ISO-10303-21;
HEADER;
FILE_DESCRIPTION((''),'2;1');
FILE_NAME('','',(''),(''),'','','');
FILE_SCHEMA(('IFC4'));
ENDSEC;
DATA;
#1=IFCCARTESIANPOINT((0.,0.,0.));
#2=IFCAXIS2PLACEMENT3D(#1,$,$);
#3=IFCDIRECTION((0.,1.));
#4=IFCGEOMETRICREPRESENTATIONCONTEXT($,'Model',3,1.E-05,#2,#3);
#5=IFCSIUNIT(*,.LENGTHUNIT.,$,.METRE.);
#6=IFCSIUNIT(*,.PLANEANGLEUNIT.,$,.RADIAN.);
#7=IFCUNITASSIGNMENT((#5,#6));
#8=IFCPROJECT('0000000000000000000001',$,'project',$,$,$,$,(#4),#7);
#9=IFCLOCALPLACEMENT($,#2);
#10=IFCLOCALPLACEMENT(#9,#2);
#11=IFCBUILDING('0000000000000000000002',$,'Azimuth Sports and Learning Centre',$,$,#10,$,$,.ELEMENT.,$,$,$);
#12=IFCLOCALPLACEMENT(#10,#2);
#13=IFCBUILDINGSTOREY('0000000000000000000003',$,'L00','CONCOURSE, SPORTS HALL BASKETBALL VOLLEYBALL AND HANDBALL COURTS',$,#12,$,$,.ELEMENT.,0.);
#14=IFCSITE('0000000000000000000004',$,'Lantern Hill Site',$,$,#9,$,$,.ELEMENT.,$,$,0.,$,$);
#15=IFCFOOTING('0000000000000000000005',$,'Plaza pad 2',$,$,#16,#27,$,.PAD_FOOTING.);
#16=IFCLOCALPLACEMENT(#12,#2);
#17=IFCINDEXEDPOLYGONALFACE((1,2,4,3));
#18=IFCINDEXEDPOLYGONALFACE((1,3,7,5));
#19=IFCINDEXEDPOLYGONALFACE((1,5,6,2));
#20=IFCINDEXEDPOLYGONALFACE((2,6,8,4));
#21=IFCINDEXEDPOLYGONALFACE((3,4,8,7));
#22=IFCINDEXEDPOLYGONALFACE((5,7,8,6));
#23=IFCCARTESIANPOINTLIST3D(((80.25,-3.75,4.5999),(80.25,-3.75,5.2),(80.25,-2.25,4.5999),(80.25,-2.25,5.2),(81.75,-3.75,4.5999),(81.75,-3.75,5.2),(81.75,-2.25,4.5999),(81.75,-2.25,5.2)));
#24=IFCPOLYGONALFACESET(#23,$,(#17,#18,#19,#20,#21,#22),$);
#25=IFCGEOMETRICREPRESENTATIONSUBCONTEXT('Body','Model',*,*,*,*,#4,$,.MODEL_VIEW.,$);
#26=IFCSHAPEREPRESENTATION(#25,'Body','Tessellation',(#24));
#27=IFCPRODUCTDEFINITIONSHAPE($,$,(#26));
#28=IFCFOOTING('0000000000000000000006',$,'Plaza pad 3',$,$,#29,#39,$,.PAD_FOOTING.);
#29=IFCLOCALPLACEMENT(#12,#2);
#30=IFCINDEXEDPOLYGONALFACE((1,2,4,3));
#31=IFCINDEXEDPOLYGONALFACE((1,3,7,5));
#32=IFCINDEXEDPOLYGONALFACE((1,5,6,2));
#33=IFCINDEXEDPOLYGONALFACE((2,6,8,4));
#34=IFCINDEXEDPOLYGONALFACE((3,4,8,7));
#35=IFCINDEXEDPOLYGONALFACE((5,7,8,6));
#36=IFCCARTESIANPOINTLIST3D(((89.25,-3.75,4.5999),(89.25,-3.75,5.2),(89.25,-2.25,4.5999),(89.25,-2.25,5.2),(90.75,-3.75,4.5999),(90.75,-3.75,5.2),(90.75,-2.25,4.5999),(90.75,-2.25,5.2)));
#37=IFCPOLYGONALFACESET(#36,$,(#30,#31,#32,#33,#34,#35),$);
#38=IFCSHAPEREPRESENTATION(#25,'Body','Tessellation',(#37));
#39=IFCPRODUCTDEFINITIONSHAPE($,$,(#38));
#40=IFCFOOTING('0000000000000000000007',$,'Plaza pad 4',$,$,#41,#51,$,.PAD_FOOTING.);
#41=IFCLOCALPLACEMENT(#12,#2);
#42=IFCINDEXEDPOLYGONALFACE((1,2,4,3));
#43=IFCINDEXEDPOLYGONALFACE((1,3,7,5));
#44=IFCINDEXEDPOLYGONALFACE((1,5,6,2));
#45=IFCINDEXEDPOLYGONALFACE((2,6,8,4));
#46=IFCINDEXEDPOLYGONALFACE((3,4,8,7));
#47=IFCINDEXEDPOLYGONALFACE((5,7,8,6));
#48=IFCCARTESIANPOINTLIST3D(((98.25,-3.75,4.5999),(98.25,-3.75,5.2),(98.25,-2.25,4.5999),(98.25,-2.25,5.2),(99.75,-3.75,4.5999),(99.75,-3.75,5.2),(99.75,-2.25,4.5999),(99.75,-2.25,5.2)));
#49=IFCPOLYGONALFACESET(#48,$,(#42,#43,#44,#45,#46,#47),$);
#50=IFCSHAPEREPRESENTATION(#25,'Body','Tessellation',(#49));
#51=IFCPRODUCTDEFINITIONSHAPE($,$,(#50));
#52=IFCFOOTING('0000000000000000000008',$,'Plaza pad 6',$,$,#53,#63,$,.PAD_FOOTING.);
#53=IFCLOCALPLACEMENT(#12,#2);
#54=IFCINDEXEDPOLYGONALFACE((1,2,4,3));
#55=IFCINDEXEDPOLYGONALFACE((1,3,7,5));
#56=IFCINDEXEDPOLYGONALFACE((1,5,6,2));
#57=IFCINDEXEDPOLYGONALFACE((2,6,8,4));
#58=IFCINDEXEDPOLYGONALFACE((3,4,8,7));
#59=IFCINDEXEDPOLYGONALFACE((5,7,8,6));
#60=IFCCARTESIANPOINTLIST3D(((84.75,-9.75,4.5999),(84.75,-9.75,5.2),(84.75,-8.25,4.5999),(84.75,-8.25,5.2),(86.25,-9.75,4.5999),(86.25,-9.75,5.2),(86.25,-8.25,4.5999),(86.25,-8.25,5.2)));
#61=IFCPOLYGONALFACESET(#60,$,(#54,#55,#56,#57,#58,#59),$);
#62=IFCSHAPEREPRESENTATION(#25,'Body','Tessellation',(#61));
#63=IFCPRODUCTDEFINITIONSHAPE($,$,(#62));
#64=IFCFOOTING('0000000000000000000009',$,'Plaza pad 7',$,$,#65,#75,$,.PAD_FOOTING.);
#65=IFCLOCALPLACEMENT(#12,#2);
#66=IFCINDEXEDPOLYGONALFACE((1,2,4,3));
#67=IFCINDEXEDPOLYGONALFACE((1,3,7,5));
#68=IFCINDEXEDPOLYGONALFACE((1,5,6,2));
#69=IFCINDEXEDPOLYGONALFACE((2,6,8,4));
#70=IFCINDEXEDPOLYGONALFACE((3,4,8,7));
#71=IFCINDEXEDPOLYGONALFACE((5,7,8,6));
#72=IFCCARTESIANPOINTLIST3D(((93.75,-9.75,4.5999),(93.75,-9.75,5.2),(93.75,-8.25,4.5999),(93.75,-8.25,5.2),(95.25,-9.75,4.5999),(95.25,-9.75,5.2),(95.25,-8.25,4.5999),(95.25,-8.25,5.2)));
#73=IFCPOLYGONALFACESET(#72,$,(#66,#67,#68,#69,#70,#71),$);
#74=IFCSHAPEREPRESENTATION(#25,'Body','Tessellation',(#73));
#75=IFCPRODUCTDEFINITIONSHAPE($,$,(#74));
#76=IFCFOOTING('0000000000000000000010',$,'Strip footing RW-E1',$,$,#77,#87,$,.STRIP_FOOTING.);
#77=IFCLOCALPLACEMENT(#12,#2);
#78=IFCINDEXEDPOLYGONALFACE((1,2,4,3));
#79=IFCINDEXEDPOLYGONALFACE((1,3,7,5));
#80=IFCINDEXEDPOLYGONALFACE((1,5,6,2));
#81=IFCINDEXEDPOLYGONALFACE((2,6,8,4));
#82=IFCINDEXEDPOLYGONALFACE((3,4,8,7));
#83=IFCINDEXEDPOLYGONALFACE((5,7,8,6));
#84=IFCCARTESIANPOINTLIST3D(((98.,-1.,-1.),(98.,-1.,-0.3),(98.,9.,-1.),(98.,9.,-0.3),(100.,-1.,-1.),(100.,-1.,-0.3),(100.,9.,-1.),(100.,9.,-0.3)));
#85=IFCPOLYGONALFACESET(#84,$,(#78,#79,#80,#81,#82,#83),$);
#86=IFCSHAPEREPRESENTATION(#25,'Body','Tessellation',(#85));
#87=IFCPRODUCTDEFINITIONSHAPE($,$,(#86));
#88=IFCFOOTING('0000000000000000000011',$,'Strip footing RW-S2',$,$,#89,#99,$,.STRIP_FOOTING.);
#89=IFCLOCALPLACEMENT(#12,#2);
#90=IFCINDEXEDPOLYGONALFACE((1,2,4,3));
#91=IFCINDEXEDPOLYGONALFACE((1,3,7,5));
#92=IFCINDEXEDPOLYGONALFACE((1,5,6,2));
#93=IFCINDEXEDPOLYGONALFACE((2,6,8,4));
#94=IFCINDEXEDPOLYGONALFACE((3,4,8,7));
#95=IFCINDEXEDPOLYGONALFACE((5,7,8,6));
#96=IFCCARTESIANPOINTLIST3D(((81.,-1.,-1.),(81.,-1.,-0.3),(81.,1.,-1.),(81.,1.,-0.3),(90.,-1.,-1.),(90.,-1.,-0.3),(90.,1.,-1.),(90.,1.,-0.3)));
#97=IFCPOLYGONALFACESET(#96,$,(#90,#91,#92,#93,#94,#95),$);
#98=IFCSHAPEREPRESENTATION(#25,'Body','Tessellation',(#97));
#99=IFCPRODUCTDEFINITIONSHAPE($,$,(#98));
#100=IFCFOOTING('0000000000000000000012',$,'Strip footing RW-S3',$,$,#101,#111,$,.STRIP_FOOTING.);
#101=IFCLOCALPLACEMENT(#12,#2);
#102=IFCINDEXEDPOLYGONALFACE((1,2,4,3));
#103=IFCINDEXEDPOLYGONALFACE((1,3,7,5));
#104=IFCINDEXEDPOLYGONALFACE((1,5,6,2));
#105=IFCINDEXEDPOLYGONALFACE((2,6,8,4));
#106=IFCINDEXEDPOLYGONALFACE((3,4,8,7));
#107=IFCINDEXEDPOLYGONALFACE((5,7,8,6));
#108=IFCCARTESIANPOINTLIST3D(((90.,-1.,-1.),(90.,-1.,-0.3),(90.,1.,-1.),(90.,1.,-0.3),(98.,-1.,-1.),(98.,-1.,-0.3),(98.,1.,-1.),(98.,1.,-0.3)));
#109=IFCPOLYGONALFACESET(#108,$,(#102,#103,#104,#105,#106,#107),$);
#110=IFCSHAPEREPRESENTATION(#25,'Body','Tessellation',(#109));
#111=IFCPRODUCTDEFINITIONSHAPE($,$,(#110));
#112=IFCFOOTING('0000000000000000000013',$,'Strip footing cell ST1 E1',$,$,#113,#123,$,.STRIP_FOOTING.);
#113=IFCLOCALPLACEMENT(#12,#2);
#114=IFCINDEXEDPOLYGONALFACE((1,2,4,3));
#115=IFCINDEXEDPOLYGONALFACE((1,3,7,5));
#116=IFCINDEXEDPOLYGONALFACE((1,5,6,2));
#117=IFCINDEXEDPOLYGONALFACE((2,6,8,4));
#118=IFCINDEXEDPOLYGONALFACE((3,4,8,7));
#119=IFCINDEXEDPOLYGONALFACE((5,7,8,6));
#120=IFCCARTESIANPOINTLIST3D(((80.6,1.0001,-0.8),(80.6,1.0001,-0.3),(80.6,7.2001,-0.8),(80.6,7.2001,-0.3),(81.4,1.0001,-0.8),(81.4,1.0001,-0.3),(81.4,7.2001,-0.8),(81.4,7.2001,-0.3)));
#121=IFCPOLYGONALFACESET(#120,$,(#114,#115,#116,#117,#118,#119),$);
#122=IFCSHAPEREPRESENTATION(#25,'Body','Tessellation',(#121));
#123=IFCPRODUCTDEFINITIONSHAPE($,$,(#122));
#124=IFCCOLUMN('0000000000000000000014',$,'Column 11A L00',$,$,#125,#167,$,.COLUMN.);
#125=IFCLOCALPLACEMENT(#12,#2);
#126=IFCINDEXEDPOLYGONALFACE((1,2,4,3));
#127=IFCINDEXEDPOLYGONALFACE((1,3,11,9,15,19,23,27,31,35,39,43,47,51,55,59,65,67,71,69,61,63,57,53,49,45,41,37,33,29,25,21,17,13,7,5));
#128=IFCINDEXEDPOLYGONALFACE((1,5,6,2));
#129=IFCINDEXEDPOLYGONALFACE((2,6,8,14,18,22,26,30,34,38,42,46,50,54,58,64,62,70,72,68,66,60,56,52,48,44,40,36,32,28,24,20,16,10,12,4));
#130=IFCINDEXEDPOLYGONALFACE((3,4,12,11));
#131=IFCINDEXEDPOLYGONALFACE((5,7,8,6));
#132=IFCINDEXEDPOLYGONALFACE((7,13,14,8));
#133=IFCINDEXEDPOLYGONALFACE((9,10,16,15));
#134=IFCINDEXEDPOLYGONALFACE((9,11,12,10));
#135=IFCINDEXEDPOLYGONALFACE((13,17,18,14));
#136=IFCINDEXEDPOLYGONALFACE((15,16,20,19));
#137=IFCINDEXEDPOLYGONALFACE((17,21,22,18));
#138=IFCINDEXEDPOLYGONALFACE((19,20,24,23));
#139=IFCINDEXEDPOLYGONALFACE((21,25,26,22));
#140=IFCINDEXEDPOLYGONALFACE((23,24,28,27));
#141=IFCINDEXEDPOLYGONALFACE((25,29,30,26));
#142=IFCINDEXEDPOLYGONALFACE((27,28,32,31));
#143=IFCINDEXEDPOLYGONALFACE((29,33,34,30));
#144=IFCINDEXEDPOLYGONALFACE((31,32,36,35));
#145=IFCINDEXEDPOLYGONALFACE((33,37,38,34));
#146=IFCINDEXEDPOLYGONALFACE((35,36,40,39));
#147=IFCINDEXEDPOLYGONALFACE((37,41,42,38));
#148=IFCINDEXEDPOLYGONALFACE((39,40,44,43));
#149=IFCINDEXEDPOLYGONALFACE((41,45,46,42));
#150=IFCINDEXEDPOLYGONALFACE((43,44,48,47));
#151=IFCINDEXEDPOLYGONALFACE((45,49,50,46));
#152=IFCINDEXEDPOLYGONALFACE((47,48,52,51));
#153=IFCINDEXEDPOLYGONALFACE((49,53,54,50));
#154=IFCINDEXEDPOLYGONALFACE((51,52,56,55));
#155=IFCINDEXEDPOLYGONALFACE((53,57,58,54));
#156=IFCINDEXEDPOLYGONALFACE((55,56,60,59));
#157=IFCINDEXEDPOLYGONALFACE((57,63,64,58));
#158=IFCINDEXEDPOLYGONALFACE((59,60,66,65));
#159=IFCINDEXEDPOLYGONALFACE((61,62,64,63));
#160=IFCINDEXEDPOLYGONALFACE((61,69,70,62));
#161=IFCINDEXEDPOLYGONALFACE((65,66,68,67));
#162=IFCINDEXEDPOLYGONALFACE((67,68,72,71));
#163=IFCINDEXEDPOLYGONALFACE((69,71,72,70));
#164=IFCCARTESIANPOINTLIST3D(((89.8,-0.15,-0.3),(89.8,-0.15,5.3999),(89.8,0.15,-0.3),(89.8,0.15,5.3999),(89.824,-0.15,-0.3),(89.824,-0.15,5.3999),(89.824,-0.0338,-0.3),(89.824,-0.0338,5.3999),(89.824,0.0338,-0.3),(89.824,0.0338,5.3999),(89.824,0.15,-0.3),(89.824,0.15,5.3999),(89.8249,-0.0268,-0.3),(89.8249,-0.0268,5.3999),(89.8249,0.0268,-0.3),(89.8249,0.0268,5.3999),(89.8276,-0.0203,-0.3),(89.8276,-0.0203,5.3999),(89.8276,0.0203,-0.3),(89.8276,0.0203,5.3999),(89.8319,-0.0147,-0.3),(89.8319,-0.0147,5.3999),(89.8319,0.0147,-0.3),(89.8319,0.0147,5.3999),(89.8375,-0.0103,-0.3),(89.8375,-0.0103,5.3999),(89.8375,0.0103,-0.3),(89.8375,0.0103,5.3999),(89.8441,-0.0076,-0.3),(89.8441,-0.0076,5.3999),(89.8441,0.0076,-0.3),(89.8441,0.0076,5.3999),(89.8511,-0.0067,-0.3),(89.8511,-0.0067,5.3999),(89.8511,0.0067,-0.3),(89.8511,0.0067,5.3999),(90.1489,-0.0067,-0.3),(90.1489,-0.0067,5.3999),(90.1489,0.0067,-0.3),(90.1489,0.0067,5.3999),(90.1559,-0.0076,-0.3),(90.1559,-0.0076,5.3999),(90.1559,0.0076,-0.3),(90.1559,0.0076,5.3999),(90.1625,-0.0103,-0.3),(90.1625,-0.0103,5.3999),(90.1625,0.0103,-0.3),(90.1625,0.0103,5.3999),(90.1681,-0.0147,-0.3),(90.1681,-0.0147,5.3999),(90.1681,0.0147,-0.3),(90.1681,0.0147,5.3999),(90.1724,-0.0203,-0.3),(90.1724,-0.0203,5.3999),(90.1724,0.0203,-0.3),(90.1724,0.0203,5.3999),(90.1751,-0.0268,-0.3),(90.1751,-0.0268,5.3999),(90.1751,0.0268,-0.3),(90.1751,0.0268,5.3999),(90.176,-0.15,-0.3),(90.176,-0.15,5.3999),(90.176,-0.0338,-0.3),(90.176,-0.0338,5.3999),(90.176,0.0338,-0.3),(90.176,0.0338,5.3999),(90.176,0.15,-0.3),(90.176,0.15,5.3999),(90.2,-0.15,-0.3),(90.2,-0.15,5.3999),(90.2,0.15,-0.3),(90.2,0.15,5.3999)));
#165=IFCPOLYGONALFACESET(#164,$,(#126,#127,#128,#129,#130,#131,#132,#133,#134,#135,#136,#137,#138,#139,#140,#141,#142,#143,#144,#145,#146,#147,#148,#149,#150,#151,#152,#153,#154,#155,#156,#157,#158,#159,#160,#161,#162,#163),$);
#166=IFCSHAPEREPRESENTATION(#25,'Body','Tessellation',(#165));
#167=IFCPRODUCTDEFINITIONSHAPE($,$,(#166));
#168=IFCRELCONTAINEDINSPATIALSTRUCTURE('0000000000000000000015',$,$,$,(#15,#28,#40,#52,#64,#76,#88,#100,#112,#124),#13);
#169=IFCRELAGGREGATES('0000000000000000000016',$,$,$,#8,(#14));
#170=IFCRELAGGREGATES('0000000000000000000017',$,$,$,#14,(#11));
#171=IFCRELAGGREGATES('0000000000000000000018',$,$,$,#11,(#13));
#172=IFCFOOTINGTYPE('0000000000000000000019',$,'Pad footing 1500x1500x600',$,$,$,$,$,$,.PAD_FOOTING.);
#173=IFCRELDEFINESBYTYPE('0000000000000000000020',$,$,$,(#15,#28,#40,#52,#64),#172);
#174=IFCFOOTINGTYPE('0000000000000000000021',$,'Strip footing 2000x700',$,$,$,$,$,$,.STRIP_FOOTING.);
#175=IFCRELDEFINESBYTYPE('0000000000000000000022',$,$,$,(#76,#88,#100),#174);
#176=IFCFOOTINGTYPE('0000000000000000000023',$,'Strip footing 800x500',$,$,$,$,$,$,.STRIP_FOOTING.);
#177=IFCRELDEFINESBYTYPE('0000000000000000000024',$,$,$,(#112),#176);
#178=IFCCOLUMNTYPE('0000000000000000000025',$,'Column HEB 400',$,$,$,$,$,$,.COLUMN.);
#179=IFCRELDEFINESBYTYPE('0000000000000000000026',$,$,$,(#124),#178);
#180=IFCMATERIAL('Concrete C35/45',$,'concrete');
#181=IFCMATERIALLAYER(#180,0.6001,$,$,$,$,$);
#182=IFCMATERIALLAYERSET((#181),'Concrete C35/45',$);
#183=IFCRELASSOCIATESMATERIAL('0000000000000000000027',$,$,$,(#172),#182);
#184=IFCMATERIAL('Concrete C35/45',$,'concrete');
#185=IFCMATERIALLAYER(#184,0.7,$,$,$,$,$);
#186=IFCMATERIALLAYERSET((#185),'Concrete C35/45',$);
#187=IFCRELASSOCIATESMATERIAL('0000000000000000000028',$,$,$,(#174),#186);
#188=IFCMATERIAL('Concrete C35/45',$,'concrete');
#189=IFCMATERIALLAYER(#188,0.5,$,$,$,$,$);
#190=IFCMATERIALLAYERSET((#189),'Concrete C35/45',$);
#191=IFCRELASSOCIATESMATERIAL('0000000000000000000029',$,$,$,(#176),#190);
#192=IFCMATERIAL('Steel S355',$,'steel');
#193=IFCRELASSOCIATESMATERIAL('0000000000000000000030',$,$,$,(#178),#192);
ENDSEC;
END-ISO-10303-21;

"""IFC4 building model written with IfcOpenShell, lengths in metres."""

from ifc_helpers import new_model, si_unit, direction, frame, origin, origin_2d, place, context, subcontext, project, spatial, rectangle, i_section, extrude, material, layer, layer_set, material_profile, profile_set, type_object, element, save


model = new_model("IFC4")

# Units and contexts
model_context = context("Model", 3, precision=1e-05, world=origin(), true_north=direction((0.0, 1.0)))
body_context = subcontext(model_context, "Body", "Model", "MODEL_VIEW")
ifc_project = project(units=[si_unit("LENGTHUNIT", "METRE"), si_unit("PLANEANGLEUNIT", "RADIAN")], contexts=[model_context])

# Site, building, storey
site_placement = place(None, origin())
site = spatial("IfcSite", under=ifc_project, at=site_placement, Name="Lantern Hill Site", CompositionType="ELEMENT", RefElevation=0.0)
building_placement = place(site_placement, origin())
building = spatial("IfcBuilding", under=site, at=building_placement, Name="Azimuth Sports and Learning Centre", CompositionType="ELEMENT")
storey_placement = place(building_placement, origin())
storey = spatial("IfcBuildingStorey", under=building, at=storey_placement, Name="L00", Description="CONCOURSE, SPORTS HALL BASKETBALL VOLLEYBALL AND HANDBALL COURTS", CompositionType="ELEMENT", Elevation=0.0)

# Footings
ifc_material_1 = material(Name="Concrete C35/45", Category="concrete")
ifc_layer_1 = layer(ifc_material_1, 0.6001)
ifc_layer_set_1 = layer_set([ifc_layer_1], Name="Concrete C35/45")
footing_type_1 = type_object("IfcFootingType", Name="Pad footing 1500x1500x600", PredefinedType="PAD_FOOTING", material=ifc_layer_set_1)
for number, where, z_axis, x_axis, name in (
    (1, (81.0, -3.0, 4.5999), (0.0, 0.0, 1.0), (1.0, 0.0, 0.0), "Plaza pad 2"),
    (2, (90.0, -3.0, 4.5999), (0.0, 0.0, 1.0), (1.0, 0.0, 0.0), "Plaza pad 3"),
    (3, (99.0, -3.0, 4.5999), (0.0, 0.0, 1.0), (1.0, 0.0, 0.0), "Plaza pad 4"),
    (4, (85.5, -9.0, 4.5999), (0.0, 0.0, 1.0), (1.0, 0.0, 0.0), "Plaza pad 6"),
    (5, (94.5, -9.0, 4.5999), (0.0, 0.0, 1.0), (1.0, 0.0, 0.0), "Plaza pad 7"),
):
    element("IfcFooting", number, at=place(storey_placement, frame(where, z_axis=z_axis, x_axis=x_axis)), inside=storey, type_object=footing_type_1, Name=name, PredefinedType="PAD_FOOTING", context=body_context, shape_type="SweptSolid", body=[
        extrude(rectangle(XDim=1.5, YDim=1.5, at=origin_2d()), origin(), (0.0, 0.0, 1.0), 0.6001),
    ])
ifc_material_2 = material(Name="Concrete C35/45", Category="concrete")
ifc_layer_2 = layer(ifc_material_2, 0.7)
ifc_layer_set_2 = layer_set([ifc_layer_2], Name="Concrete C35/45")
footing_type_2 = type_object("IfcFootingType", Name="Strip footing 2000x700", PredefinedType="STRIP_FOOTING", material=ifc_layer_set_2)
footing_1_placement = place(storey_placement, frame((99.0, 4.0, -1.0), z_axis=(0.0, 0.0, 1.0), x_axis=(1.0, 0.0, 0.0)))
element("IfcFooting", 6, at=footing_1_placement, inside=storey, type_object=footing_type_2, Name="Strip footing RW-E1", PredefinedType="STRIP_FOOTING", context=body_context, shape_type="SweptSolid", body=[
    extrude(rectangle(XDim=2.0, YDim=10.0, at=origin_2d()), origin(), (0.0, 0.0, 1.0), 0.7),
])
footing_2_placement = place(storey_placement, frame((85.5, 0.0, -1.0), z_axis=(0.0, 0.0, 1.0), x_axis=(1.0, 0.0, 0.0)))
element("IfcFooting", 7, at=footing_2_placement, inside=storey, type_object=footing_type_2, Name="Strip footing RW-S2", PredefinedType="STRIP_FOOTING", context=body_context, shape_type="SweptSolid", body=[
    extrude(rectangle(XDim=9.0, YDim=2.0, at=origin_2d()), origin(), (0.0, 0.0, 1.0), 0.7),
])
footing_3_placement = place(storey_placement, frame((94.0, 0.0, -1.0), z_axis=(0.0, 0.0, 1.0), x_axis=(1.0, 0.0, 0.0)))
element("IfcFooting", 8, at=footing_3_placement, inside=storey, type_object=footing_type_2, Name="Strip footing RW-S3", PredefinedType="STRIP_FOOTING", context=body_context, shape_type="SweptSolid", body=[
    extrude(rectangle(XDim=8.0, YDim=2.0, at=origin_2d()), origin(), (0.0, 0.0, 1.0), 0.7),
])
ifc_material_3 = material(Name="Concrete C35/45", Category="concrete")
ifc_layer_3 = layer(ifc_material_3, 0.5)
ifc_layer_set_3 = layer_set([ifc_layer_3], Name="Concrete C35/45")
footing_type_3 = type_object("IfcFootingType", Name="Strip footing 800x500", PredefinedType="STRIP_FOOTING", material=ifc_layer_set_3)
footing_4_placement = place(storey_placement, frame((81.0, 4.1001, -0.8), z_axis=(0.0, 0.0, 1.0), x_axis=(1.0, 0.0, 0.0)))
element("IfcFooting", 9, at=footing_4_placement, inside=storey, type_object=footing_type_3, Name="Strip footing cell ST1 E1", PredefinedType="STRIP_FOOTING", context=body_context, shape_type="SweptSolid", body=[
    extrude(rectangle(XDim=0.8, YDim=6.2, at=origin_2d()), origin(), (0.0, 0.0, 1.0), 0.5),
])

# Column
ifc_material_4 = material(Name="Steel S355", Category="steel")
ifc_material_profile_1 = material_profile(ifc_material_4, i_section(OverallWidth=0.3, OverallDepth=0.3999, WebThickness=0.0134, FlangeThickness=0.0239, FilletRadius=0.0271, at=origin_2d()), Name="HEB 400")
ifc_profile_set_1 = profile_set([ifc_material_profile_1], Name="Steel S355")
column_type = type_object("IfcColumnType", Name="Column HEB 400", PredefinedType="COLUMN", material=ifc_profile_set_1)
for number, where, z_axis, x_axis, name in (
    (10, (90.0, 0.0, -0.3), (0.0, 0.0, 1.0), (0.0, 1.0, 0.0), "Column 11A L00"),
):
    element("IfcColumn", number, at=place(storey_placement, frame(where, z_axis=z_axis, x_axis=x_axis)), inside=storey, type_object=column_type, Name=name, PredefinedType="COLUMN", context=body_context, shape_type="SweptSolid", body=[
        extrude(i_section(OverallWidth=0.3, OverallDepth=0.3999, WebThickness=0.0134, FlangeThickness=0.0239, FilletRadius=0.0271, at=origin_2d()), origin(), (0.0, 0.0, 1.0), 5.7),
    ])

save(model, "model.ifc")
